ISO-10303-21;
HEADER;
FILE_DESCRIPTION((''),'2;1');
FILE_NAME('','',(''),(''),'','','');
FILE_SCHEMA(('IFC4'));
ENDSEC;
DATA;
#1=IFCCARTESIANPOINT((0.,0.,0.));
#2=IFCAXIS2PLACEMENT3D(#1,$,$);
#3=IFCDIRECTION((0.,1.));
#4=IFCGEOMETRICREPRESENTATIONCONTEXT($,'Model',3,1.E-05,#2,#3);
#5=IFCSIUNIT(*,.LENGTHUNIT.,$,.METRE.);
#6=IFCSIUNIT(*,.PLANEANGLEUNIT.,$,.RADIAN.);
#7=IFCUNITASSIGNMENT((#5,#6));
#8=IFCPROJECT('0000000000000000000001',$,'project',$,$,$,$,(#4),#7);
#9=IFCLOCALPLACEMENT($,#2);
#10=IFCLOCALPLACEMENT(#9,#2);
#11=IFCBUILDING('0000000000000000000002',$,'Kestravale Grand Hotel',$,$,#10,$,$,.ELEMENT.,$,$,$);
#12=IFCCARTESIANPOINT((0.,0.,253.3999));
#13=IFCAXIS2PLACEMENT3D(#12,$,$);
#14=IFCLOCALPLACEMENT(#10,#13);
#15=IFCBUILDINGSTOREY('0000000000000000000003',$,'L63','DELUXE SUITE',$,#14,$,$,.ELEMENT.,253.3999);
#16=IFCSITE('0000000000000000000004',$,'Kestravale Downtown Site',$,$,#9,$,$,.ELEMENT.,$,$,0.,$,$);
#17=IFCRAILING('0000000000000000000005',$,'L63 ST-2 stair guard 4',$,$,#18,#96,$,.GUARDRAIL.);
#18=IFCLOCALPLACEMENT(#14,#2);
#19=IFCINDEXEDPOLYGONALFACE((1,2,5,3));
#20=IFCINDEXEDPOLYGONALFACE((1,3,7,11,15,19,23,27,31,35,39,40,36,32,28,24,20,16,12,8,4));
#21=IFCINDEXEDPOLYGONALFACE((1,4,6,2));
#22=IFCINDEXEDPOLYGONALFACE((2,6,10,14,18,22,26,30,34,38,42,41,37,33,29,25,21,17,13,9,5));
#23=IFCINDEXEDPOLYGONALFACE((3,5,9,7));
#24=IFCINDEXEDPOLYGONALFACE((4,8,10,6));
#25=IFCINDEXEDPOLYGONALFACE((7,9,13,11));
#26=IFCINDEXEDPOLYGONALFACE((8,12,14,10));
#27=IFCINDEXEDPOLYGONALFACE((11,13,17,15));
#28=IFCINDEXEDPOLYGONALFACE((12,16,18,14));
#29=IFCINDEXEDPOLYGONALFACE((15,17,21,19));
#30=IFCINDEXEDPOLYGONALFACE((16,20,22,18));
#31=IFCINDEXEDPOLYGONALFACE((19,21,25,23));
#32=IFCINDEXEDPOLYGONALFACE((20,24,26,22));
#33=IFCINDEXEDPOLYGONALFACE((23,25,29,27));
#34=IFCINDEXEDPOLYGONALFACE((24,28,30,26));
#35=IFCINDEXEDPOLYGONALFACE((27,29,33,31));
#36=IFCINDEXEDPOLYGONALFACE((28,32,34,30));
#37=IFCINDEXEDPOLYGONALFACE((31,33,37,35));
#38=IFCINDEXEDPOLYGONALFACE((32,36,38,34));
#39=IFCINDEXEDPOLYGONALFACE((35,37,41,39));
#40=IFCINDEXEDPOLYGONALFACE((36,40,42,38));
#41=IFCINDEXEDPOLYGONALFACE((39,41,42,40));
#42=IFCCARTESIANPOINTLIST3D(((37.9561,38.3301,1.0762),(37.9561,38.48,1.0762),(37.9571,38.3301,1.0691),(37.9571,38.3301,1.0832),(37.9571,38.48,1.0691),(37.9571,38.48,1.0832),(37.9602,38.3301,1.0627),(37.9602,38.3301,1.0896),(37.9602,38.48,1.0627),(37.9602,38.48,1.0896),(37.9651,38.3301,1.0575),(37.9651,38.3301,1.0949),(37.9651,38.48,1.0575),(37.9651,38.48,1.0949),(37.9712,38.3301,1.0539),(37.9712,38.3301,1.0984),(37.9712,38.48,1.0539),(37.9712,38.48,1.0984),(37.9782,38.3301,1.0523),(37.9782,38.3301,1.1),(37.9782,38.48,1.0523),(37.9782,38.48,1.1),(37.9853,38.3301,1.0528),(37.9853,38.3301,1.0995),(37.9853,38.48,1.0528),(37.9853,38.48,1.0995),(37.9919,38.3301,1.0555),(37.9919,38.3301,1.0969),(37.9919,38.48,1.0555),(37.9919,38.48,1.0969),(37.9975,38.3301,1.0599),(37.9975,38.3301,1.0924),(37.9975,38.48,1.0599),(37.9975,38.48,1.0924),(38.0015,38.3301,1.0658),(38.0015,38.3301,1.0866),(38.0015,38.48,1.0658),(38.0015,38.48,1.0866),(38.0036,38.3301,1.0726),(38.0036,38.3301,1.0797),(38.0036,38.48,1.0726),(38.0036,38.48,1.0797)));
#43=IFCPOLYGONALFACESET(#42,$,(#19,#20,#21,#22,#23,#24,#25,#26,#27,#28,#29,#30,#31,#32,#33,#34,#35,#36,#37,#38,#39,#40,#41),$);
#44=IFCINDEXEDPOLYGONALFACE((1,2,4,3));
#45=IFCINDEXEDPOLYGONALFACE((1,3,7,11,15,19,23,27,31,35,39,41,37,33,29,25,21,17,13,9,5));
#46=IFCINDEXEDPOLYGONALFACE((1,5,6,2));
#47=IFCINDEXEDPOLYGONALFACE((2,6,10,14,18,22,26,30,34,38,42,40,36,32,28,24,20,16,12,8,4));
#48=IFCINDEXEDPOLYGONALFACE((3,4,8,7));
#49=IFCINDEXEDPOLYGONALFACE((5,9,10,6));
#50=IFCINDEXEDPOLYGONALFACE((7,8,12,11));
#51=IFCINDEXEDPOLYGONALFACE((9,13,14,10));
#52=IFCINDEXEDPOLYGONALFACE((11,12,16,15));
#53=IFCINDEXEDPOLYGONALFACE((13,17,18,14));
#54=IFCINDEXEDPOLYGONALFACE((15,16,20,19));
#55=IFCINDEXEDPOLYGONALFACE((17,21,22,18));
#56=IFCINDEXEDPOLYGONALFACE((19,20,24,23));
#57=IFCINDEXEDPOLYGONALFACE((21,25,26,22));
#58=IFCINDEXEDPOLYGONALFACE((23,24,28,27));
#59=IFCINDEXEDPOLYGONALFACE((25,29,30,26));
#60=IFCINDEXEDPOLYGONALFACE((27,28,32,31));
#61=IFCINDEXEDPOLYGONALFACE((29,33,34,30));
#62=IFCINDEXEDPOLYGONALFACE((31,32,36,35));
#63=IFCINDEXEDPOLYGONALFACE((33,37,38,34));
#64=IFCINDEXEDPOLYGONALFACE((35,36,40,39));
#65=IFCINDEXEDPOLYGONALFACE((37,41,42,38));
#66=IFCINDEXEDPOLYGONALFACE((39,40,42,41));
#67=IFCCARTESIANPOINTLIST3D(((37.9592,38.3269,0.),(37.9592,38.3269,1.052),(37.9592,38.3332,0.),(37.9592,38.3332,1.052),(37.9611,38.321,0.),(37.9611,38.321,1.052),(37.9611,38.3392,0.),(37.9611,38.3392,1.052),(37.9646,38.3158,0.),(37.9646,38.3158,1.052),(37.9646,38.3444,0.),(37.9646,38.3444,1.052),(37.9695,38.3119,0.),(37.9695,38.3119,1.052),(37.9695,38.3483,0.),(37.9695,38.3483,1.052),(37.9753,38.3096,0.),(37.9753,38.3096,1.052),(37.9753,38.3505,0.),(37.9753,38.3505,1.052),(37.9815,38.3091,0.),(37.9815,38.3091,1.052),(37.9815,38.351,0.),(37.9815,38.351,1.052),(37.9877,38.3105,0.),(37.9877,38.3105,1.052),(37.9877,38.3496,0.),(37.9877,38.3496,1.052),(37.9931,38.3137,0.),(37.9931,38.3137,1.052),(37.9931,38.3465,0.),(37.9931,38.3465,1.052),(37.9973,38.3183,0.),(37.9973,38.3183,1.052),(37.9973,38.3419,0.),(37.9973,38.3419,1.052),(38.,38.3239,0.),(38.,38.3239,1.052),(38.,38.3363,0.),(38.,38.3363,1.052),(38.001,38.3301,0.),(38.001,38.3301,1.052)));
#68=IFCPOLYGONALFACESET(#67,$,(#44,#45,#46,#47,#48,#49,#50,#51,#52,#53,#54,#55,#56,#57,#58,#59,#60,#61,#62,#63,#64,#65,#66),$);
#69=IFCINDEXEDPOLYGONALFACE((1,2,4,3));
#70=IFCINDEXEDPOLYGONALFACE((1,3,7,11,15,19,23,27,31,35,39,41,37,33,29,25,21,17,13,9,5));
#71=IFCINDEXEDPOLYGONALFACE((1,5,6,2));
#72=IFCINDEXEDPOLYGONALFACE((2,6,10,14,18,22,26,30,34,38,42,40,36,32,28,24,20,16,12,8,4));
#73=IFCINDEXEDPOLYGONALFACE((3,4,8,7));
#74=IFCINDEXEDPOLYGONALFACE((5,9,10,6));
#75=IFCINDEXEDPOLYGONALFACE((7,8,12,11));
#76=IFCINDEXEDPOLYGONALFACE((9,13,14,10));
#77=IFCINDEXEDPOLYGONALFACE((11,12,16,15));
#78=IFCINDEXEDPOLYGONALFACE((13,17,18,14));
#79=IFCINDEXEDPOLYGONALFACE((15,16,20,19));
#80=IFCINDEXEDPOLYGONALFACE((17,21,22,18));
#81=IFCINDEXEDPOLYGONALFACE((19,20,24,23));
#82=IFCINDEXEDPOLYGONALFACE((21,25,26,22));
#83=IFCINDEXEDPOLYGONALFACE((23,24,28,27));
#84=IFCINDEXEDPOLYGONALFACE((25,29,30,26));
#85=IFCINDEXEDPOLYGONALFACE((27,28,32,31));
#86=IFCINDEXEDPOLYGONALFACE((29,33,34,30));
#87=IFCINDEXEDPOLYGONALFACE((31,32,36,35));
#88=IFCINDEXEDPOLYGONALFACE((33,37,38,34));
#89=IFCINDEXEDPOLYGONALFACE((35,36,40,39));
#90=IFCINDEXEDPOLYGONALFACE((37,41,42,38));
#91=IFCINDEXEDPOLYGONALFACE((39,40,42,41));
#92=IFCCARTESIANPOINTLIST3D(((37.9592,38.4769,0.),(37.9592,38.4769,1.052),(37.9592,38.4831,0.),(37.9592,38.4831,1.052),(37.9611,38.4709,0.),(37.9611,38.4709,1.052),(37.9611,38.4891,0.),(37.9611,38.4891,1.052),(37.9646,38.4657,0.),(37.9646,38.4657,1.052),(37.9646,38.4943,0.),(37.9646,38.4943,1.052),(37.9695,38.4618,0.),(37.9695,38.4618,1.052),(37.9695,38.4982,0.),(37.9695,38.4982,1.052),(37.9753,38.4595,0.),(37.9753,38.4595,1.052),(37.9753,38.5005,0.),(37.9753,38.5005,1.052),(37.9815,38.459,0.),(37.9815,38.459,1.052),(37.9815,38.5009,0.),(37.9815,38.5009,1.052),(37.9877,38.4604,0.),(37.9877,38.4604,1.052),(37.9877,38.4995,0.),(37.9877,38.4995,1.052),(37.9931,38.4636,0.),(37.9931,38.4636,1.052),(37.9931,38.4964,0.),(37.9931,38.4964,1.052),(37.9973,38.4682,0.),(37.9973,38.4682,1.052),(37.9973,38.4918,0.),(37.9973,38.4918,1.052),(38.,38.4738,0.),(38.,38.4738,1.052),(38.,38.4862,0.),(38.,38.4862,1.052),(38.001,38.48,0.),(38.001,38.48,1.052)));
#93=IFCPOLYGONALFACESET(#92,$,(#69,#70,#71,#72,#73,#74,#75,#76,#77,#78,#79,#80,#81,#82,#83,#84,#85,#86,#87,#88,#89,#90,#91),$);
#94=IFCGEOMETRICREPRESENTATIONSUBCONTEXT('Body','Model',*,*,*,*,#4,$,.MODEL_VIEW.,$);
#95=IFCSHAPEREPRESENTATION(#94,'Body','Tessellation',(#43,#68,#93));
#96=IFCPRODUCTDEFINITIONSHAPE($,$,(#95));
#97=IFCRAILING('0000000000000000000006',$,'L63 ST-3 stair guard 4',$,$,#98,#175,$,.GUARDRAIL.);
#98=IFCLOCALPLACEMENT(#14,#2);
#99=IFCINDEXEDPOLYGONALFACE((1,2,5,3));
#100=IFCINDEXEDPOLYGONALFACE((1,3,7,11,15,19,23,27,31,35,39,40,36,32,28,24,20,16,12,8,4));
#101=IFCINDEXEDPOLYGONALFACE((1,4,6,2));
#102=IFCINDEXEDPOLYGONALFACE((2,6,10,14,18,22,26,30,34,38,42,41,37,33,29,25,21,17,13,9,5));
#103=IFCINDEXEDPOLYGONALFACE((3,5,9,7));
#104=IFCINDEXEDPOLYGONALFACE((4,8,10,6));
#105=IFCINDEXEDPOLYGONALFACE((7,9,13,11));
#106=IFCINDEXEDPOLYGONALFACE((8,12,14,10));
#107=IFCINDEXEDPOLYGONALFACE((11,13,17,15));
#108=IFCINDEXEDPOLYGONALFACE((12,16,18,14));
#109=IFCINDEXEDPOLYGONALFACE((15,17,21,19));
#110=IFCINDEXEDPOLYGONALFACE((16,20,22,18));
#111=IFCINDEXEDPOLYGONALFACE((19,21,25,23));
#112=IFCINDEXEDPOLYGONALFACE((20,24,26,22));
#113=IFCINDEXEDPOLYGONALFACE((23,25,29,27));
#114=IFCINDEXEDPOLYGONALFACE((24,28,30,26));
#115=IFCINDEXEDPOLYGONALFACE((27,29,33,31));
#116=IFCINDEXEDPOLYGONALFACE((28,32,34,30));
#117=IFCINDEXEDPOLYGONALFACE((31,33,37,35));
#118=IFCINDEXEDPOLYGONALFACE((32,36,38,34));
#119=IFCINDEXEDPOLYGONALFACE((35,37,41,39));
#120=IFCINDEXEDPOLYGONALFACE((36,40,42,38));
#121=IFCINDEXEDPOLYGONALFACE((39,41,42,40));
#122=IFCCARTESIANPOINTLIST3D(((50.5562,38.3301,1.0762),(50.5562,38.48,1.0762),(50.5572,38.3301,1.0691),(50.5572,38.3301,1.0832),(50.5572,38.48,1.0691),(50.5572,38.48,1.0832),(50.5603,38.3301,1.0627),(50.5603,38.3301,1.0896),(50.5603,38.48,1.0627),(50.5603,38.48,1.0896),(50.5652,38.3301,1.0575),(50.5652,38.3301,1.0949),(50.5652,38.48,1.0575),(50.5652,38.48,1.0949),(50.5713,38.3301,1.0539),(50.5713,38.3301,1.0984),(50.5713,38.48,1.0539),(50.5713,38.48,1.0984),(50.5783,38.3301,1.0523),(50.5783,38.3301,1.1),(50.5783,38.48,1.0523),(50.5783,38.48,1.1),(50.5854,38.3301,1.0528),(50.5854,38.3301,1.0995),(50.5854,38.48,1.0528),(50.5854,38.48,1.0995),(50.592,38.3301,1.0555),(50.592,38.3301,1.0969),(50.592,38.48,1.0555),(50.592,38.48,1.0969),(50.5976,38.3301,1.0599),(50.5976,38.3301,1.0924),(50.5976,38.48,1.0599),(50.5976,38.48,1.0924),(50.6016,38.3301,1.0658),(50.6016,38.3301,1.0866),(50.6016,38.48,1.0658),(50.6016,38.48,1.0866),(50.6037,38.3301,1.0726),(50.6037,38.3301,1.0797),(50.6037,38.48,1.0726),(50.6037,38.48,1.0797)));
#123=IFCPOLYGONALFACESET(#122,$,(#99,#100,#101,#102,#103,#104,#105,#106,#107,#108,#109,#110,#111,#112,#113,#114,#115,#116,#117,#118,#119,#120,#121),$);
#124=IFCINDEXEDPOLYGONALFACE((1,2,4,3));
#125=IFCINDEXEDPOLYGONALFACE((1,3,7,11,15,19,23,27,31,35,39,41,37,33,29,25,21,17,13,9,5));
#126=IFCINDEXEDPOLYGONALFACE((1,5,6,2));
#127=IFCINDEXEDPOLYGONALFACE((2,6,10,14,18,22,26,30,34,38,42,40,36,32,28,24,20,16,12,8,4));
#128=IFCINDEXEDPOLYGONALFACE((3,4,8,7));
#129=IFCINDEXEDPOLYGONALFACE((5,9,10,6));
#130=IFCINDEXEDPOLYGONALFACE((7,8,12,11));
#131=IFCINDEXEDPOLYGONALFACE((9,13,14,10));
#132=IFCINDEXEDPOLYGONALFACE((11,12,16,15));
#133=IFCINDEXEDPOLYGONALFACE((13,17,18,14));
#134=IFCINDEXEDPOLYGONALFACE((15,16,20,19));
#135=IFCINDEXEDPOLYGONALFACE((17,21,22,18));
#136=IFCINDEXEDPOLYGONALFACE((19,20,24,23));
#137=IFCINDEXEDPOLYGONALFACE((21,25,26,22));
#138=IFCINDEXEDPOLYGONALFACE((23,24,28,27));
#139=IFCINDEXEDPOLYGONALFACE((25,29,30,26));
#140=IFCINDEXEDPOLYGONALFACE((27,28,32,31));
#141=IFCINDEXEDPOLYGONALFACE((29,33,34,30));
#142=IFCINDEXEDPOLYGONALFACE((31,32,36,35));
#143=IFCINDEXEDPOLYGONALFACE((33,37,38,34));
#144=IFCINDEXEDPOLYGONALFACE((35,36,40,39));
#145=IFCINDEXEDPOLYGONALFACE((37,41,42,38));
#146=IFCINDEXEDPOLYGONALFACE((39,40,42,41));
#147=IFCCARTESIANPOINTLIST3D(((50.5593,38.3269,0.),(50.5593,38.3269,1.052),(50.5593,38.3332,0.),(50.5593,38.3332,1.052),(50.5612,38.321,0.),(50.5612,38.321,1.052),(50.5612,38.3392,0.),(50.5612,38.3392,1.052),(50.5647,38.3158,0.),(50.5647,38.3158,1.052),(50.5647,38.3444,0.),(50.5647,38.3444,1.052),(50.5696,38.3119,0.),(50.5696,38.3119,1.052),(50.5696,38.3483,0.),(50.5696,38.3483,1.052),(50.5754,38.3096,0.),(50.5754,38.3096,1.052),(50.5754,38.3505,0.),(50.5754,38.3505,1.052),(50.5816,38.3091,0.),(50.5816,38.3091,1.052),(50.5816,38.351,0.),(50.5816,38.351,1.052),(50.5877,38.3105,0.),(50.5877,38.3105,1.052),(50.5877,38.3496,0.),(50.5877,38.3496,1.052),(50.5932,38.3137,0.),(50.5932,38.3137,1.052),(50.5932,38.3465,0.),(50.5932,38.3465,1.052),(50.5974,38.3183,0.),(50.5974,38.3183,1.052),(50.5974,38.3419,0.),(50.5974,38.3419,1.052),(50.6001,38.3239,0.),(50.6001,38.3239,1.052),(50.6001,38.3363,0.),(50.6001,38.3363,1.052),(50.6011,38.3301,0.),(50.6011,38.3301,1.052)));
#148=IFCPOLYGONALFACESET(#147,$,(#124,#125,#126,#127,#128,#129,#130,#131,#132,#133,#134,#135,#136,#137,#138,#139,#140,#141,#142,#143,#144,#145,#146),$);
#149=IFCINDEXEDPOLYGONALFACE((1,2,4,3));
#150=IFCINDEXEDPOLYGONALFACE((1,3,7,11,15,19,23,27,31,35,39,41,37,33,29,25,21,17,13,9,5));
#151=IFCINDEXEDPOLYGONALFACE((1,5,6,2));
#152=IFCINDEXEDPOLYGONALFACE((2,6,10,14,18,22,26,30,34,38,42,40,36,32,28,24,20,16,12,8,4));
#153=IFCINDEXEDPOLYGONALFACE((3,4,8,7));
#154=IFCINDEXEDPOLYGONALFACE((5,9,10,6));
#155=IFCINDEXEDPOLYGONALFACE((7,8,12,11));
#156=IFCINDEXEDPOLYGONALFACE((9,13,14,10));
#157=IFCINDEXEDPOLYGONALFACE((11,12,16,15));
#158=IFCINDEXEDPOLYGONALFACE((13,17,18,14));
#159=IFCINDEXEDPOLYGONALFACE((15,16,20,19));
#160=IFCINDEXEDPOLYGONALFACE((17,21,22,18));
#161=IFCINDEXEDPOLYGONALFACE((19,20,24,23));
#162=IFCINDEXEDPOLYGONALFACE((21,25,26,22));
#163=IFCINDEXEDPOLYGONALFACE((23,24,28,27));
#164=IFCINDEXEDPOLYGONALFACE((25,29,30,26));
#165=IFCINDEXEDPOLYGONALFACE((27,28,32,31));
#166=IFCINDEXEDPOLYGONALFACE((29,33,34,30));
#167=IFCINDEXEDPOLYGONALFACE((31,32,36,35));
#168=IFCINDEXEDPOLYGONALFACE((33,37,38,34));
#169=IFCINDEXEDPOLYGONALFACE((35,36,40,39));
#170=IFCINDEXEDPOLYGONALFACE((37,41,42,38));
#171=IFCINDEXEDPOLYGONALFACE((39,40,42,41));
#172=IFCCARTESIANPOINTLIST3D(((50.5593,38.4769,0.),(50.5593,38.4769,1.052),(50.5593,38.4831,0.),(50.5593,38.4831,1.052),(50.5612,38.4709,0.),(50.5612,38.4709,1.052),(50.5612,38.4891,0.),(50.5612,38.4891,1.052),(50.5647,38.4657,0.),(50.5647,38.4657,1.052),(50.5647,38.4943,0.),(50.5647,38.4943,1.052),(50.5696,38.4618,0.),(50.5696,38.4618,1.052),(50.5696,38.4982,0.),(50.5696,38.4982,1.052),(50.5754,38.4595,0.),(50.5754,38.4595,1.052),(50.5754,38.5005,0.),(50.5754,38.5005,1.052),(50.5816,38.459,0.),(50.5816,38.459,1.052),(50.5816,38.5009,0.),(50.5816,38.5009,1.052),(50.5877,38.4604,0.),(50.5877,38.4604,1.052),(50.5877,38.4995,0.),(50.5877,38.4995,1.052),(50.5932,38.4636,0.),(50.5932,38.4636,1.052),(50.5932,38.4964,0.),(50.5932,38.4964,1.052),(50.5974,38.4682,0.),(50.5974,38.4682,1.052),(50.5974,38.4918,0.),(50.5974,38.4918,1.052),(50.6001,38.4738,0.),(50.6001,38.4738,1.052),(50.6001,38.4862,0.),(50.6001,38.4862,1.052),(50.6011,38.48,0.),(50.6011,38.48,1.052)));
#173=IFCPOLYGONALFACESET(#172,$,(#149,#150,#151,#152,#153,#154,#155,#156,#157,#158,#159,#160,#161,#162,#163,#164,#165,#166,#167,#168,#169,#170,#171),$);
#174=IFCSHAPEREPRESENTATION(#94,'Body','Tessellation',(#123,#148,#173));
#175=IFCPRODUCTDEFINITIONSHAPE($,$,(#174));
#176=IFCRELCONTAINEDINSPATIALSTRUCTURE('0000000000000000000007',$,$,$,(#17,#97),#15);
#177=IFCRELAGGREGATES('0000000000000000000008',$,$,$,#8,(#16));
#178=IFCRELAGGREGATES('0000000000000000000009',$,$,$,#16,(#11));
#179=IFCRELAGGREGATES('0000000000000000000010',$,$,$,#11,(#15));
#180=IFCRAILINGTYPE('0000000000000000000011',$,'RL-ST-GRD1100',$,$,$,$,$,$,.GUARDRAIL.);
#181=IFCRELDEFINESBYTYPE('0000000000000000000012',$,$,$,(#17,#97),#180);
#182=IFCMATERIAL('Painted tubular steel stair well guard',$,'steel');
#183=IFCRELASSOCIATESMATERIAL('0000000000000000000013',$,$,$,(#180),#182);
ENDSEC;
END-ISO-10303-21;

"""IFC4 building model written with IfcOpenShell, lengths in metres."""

from ifc_helpers import new_model, si_unit, direction, frame, origin, origin_2d, place, context, subcontext, project, spatial, circle, extrude, material, type_object, element, save


model = new_model("IFC4")

# Units and contexts
model_context = context("Model", 3, precision=1e-05, world=origin(), true_north=direction((0.0, 1.0)))
body_context = subcontext(model_context, "Body", "Model", "MODEL_VIEW")
ifc_project = project(units=[si_unit("LENGTHUNIT", "METRE"), si_unit("PLANEANGLEUNIT", "RADIAN")], contexts=[model_context])

# Site, building, storey
site_placement = place(None, origin())
site = spatial("IfcSite", under=ifc_project, at=site_placement, Name="Kestravale Downtown Site", CompositionType="ELEMENT", RefElevation=0.0)
building_placement = place(site_placement, origin())
building = spatial("IfcBuilding", under=site, at=building_placement, Name="Kestravale Grand Hotel", CompositionType="ELEMENT")
storey_placement = place(building_placement, frame((0.0, 0.0, 253.3999)))
storey = spatial("IfcBuildingStorey", under=building, at=storey_placement, Name="L63", Description="DELUXE SUITE", CompositionType="ELEMENT", Elevation=253.3999)

# Railings
ifc_material_1 = material(Name="Painted tubular steel stair well guard", Category="steel")
railing_type_1 = type_object("IfcRailingType", Name="RL-ST-GRD1100", PredefinedType="GUARDRAIL", material=ifc_material_1)
for number, where, name in (
    (1, (37.98, 38.3301, 0.0), "L63 ST-2 stair guard 4"),
    (2, (50.5801, 38.3301, 0.0), "L63 ST-3 stair guard 4"),
):
    element("IfcRailing", number, at=place(storey_placement, frame(where)), inside=storey, type_object=railing_type_1, Name=name, PredefinedType="GUARDRAIL", context=body_context, shape_type="SweptSolid", body=[
        extrude(circle(Radius=0.0239, at=origin_2d()), frame((0.0, 0.0, 1.0762), z_axis=(0.0, 1.0, 0.0), x_axis=(-1.0, 0.0, 0.0)), (0.0, 0.0, 1.0), 0.1499),
        extrude(circle(Radius=0.021, at=origin_2d()), origin(), (0.0, 0.0, 1.0), 1.052),
        extrude(circle(Radius=0.021, at=origin_2d()), frame((0.0, 0.1499, 0.0)), (0.0, 0.0, 1.0), 1.052),
    ])

save(model, "model.ifc")
